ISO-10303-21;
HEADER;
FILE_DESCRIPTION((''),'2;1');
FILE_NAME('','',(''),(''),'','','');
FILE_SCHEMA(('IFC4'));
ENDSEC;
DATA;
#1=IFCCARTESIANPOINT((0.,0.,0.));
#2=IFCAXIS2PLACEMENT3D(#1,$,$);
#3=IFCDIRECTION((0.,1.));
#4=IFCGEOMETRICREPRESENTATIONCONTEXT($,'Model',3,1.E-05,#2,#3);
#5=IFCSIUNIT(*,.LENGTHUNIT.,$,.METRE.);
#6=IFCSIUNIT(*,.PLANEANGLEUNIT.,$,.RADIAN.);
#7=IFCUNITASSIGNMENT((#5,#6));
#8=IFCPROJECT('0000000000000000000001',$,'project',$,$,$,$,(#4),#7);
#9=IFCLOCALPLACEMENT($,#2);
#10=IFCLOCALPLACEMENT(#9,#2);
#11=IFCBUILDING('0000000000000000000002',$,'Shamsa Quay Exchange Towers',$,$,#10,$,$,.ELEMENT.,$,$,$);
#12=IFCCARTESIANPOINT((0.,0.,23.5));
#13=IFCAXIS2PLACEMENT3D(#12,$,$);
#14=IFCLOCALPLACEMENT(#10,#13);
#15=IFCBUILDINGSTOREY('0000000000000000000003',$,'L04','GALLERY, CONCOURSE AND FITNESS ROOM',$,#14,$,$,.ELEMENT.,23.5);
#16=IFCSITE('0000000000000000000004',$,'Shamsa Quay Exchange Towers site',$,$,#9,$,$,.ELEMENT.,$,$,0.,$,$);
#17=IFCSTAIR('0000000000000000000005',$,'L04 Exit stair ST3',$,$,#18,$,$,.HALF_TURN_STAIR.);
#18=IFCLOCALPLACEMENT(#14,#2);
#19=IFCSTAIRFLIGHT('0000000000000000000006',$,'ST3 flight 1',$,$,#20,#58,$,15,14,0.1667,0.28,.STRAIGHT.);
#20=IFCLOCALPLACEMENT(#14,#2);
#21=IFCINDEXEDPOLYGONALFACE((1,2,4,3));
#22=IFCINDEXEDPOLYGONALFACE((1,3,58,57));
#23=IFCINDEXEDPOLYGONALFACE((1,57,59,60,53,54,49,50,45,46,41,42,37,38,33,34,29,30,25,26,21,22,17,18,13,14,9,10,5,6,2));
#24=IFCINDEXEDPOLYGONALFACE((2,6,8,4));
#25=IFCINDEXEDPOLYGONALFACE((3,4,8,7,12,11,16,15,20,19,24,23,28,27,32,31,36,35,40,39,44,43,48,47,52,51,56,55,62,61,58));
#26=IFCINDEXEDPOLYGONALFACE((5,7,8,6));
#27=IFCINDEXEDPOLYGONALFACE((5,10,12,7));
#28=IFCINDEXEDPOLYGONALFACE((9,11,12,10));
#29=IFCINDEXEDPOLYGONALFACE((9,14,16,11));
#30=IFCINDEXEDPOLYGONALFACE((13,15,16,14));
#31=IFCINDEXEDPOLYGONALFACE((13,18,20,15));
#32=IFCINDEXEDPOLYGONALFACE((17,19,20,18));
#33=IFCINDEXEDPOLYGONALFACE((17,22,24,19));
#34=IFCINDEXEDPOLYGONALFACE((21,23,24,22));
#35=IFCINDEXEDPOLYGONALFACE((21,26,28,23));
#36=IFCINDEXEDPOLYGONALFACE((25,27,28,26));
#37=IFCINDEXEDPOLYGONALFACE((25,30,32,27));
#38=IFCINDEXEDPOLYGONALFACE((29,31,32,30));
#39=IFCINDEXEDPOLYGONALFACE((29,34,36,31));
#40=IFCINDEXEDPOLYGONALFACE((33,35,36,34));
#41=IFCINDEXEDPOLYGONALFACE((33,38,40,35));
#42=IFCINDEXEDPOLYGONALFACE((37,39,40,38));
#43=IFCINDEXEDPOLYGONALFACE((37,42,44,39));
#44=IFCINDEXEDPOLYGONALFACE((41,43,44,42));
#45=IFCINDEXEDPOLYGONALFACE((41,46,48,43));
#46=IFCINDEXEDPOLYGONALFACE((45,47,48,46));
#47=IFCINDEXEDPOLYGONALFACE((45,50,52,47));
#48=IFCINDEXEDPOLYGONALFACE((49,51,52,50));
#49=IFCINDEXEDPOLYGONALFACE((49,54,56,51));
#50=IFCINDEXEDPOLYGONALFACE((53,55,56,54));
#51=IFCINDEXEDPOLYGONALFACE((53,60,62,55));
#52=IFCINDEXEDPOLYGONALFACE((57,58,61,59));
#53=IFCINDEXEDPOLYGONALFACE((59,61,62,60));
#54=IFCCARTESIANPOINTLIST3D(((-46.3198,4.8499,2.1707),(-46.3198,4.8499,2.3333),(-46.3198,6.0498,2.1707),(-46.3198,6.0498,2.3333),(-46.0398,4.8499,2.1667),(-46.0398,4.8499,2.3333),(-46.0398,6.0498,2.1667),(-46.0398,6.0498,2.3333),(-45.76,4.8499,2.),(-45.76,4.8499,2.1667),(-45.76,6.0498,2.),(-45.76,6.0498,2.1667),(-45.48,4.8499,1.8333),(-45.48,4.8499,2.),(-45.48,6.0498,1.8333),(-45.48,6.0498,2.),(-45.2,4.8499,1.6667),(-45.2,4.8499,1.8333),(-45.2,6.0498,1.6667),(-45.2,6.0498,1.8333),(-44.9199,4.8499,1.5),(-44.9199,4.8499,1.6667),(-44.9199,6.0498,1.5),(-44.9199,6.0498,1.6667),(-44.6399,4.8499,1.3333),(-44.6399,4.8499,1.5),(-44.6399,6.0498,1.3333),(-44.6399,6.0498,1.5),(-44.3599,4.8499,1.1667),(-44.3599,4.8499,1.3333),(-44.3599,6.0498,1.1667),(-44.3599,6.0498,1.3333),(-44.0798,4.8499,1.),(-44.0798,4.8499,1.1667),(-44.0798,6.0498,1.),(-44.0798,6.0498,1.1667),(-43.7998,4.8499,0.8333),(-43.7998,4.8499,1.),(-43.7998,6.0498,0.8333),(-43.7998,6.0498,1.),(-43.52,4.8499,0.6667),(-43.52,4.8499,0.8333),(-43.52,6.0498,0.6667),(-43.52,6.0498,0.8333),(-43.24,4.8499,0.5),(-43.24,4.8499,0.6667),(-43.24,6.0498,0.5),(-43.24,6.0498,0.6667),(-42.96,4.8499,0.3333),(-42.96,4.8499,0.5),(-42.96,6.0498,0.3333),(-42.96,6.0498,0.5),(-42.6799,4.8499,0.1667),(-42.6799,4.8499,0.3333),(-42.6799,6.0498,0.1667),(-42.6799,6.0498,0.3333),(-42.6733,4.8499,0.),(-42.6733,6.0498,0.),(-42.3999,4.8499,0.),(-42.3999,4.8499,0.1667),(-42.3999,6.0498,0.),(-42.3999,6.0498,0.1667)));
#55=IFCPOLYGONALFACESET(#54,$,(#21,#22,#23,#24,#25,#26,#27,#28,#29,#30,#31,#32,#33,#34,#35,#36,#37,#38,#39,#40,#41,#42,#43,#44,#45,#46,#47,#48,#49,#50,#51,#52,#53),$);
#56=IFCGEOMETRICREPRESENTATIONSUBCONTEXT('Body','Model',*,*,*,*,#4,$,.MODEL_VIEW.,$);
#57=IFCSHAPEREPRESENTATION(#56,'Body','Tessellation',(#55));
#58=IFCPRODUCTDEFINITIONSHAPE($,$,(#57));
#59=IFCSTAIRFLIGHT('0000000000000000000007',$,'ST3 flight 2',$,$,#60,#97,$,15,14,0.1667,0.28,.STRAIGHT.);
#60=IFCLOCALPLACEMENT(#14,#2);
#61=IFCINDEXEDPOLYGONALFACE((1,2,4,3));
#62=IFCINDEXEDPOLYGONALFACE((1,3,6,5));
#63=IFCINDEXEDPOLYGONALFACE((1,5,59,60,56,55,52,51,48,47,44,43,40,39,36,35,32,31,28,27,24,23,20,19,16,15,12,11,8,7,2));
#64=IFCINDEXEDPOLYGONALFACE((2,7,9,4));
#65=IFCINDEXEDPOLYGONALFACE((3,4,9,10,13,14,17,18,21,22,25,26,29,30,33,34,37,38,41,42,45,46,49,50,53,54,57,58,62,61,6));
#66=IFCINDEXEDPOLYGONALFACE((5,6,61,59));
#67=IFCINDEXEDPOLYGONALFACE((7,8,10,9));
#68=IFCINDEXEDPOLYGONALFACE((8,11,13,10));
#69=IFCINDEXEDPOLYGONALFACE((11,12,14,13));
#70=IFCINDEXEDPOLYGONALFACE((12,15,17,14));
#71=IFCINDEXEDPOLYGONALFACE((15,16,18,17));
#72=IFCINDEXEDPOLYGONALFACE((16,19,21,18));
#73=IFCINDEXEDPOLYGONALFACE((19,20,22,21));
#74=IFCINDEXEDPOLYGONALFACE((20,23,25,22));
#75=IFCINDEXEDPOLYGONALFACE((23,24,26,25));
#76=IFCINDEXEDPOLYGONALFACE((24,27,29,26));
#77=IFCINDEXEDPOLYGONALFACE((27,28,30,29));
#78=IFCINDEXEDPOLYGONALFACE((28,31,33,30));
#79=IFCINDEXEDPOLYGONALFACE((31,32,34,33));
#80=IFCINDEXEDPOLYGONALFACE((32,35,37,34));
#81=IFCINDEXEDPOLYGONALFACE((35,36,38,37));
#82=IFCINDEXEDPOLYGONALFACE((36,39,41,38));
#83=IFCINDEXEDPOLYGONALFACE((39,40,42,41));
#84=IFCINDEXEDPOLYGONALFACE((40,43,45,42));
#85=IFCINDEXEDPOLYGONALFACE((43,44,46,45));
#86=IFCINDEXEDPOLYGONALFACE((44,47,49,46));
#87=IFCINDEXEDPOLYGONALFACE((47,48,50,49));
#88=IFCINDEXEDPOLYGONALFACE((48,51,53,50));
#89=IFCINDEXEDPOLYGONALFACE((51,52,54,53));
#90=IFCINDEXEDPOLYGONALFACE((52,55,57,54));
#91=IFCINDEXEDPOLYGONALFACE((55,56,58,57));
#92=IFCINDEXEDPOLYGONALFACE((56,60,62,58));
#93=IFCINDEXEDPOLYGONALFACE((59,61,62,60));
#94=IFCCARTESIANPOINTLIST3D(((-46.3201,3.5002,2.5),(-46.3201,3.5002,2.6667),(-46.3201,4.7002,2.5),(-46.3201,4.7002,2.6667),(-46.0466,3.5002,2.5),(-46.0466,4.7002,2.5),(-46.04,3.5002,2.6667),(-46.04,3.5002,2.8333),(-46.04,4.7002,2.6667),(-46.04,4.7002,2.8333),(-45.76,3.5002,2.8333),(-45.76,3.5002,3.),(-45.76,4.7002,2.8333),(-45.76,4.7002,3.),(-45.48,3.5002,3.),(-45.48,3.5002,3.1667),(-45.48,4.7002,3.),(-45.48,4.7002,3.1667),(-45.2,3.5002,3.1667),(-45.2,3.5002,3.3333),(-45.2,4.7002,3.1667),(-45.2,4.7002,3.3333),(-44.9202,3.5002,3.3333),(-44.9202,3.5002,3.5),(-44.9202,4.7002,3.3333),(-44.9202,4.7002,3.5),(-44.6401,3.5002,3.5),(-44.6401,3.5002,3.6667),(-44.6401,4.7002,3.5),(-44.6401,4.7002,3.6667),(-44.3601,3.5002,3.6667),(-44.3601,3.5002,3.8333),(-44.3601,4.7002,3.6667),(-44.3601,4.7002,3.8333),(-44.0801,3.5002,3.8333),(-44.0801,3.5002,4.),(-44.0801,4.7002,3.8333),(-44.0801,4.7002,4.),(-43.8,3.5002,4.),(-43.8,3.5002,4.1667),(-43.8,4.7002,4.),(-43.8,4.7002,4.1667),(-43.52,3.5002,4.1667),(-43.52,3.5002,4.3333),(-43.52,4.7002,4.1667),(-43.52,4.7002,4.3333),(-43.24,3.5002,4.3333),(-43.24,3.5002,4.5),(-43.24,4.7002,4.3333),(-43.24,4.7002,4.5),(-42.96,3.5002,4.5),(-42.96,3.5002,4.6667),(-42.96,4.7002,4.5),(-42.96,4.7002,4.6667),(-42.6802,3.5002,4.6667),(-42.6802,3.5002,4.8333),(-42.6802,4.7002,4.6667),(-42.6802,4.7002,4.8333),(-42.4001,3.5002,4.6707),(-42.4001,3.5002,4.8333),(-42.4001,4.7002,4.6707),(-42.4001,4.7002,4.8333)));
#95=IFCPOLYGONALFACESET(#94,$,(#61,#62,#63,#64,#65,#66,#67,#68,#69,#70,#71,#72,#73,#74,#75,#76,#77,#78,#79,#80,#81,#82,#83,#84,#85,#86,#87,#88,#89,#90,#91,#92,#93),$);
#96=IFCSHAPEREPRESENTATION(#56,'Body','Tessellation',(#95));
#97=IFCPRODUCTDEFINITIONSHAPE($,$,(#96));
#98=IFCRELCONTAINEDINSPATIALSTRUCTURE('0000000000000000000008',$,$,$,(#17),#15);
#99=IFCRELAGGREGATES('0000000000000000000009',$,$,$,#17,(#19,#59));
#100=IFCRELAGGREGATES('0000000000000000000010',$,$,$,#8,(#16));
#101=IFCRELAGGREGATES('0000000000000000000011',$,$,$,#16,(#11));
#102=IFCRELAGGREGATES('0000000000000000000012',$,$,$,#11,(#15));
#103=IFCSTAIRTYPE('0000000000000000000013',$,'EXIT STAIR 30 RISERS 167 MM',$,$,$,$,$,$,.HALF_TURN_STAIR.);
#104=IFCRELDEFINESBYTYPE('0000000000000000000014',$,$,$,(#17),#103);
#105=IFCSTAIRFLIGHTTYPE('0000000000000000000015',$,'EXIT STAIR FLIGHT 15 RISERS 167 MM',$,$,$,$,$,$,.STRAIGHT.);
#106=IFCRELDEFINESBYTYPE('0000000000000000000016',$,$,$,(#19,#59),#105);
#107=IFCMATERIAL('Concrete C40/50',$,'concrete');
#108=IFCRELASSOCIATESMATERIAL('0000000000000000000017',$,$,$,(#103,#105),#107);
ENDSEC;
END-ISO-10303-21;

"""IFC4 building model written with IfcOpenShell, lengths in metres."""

from ifc_helpers import new_model, si_unit, direction, frame, origin, place, context, subcontext, project, spatial, polyline, outline, extrude, material, type_object, element, aggregate, save


model = new_model("IFC4")

# Units and contexts
model_context = context("Model", 3, precision=1e-05, world=origin(), true_north=direction((0.0, 1.0)))
body_context = subcontext(model_context, "Body", "Model", "MODEL_VIEW")
ifc_project = project(units=[si_unit("LENGTHUNIT", "METRE"), si_unit("PLANEANGLEUNIT", "RADIAN")], contexts=[model_context])

# Site, building, storey
site_placement = place(None, origin())
site = spatial("IfcSite", under=ifc_project, at=site_placement, Name="Shamsa Quay Exchange Towers site", CompositionType="ELEMENT", RefElevation=0.0)
building_placement = place(site_placement, origin())
building = spatial("IfcBuilding", under=site, at=building_placement, Name="Shamsa Quay Exchange Towers", CompositionType="ELEMENT")
storey_placement = place(building_placement, frame((0.0, 0.0, 23.5)))
storey = spatial("IfcBuildingStorey", under=building, at=storey_placement, Name="L04", Description="GALLERY, CONCOURSE AND FITNESS ROOM", CompositionType="ELEMENT", Elevation=23.5)

# Stair, stair flights
ifc_material_1 = material(Name="Concrete C40/50", Category="concrete")
stair_type = type_object("IfcStairType", Name="EXIT STAIR 30 RISERS 167 MM", PredefinedType="HALF_TURN_STAIR", material=ifc_material_1)
stair_placement = place(storey_placement, origin())
stair = element("IfcStair", 1, at=stair_placement, inside=storey, type_object=stair_type, Name="L04 Exit stair ST3", PredefinedType="HALF_TURN_STAIR")
stair_flight_type = type_object("IfcStairFlightType", Name="EXIT STAIR FLIGHT 15 RISERS 167 MM", PredefinedType="STRAIGHT", material=ifc_material_1)
stair_flight_1_placement = place(storey_placement, frame((-42.3999, 5.45, 0.0), z_axis=(0.0, 0.0, 1.0), x_axis=(-1.0, 0.0, 0.0)))
stair_flight_1 = element("IfcStairFlight", 2, at=stair_flight_1_placement, type_object=stair_flight_type, Name="ST3 flight 1", NumberOfRisers=15, NumberOfTreads=14, PredefinedType="STRAIGHT", RiserHeight=0.1667, TreadLength=0.28, context=body_context, shape_type="SweptSolid", body=[
    extrude(outline(polyline([(0.0, 0.0), (0.0, 0.1667), (0.28, 0.1667), (0.28, 0.3333), (0.5601, 0.3333), (0.5601, 0.5), (0.8401, 0.5), (0.8401, 0.6667), (1.1201, 0.6667), (1.1201, 0.8333), (1.3999, 0.8333), (1.3999, 1.0), (1.6799, 1.0), (1.6799, 1.1667), (1.96, 1.1667), (1.96, 1.3333), (2.24, 1.3333), (2.24, 1.5), (2.52, 1.5), (2.52, 1.6667), (2.8, 1.6667), (2.8, 1.8333), (3.0801, 1.8333), (3.0801, 2.0), (3.3601, 2.0), (3.3601, 2.1667), (3.6399, 2.1667), (3.6399, 2.3333), (3.9199, 2.3333), (3.9199, 2.5), (3.9199, 2.1707), (0.2734, 0.0), (0.0, 0.0)])), frame((0.0, 0.6001, 0.0), z_axis=(0.0, -1.0, 0.0), x_axis=(1.0, 0.0, 0.0)), (0.0, 0.0, 1.0), 1.2),
])
stair_flight_2_placement = place(storey_placement, frame((-46.3201, 4.1001, 2.5)))
stair_flight_2 = element("IfcStairFlight", 3, at=stair_flight_2_placement, type_object=stair_flight_type, Name="ST3 flight 2", NumberOfRisers=15, NumberOfTreads=14, PredefinedType="STRAIGHT", RiserHeight=0.1667, TreadLength=0.28, context=body_context, shape_type="SweptSolid", body=[
    extrude(outline(polyline([(0.0, 0.0), (0.0, 0.1667), (0.28, 0.1667), (0.28, 0.3333), (0.5601, 0.3333), (0.5601, 0.5), (0.8401, 0.5), (0.8401, 0.6667), (1.1201, 0.6667), (1.1201, 0.8333), (1.3999, 0.8333), (1.3999, 1.0), (1.6799, 1.0), (1.6799, 1.1667), (1.96, 1.1667), (1.96, 1.3333), (2.24, 1.3333), (2.24, 1.5), (2.52, 1.5), (2.52, 1.6667), (2.8, 1.6667), (2.8, 1.8333), (3.0801, 1.8333), (3.0801, 2.0), (3.3601, 2.0), (3.3601, 2.1667), (3.6399, 2.1667), (3.6399, 2.3333), (3.9199, 2.3333), (3.9199, 2.5), (3.9199, 2.1707), (0.2734, 0.0), (0.0, 0.0)])), frame((0.0, 0.6001, 0.0), z_axis=(0.0, -1.0, 0.0), x_axis=(1.0, 0.0, 0.0)), (0.0, 0.0, 1.0), 1.2),
])
aggregate(stair, [stair_flight_1, stair_flight_2])

save(model, "model.ifc")
